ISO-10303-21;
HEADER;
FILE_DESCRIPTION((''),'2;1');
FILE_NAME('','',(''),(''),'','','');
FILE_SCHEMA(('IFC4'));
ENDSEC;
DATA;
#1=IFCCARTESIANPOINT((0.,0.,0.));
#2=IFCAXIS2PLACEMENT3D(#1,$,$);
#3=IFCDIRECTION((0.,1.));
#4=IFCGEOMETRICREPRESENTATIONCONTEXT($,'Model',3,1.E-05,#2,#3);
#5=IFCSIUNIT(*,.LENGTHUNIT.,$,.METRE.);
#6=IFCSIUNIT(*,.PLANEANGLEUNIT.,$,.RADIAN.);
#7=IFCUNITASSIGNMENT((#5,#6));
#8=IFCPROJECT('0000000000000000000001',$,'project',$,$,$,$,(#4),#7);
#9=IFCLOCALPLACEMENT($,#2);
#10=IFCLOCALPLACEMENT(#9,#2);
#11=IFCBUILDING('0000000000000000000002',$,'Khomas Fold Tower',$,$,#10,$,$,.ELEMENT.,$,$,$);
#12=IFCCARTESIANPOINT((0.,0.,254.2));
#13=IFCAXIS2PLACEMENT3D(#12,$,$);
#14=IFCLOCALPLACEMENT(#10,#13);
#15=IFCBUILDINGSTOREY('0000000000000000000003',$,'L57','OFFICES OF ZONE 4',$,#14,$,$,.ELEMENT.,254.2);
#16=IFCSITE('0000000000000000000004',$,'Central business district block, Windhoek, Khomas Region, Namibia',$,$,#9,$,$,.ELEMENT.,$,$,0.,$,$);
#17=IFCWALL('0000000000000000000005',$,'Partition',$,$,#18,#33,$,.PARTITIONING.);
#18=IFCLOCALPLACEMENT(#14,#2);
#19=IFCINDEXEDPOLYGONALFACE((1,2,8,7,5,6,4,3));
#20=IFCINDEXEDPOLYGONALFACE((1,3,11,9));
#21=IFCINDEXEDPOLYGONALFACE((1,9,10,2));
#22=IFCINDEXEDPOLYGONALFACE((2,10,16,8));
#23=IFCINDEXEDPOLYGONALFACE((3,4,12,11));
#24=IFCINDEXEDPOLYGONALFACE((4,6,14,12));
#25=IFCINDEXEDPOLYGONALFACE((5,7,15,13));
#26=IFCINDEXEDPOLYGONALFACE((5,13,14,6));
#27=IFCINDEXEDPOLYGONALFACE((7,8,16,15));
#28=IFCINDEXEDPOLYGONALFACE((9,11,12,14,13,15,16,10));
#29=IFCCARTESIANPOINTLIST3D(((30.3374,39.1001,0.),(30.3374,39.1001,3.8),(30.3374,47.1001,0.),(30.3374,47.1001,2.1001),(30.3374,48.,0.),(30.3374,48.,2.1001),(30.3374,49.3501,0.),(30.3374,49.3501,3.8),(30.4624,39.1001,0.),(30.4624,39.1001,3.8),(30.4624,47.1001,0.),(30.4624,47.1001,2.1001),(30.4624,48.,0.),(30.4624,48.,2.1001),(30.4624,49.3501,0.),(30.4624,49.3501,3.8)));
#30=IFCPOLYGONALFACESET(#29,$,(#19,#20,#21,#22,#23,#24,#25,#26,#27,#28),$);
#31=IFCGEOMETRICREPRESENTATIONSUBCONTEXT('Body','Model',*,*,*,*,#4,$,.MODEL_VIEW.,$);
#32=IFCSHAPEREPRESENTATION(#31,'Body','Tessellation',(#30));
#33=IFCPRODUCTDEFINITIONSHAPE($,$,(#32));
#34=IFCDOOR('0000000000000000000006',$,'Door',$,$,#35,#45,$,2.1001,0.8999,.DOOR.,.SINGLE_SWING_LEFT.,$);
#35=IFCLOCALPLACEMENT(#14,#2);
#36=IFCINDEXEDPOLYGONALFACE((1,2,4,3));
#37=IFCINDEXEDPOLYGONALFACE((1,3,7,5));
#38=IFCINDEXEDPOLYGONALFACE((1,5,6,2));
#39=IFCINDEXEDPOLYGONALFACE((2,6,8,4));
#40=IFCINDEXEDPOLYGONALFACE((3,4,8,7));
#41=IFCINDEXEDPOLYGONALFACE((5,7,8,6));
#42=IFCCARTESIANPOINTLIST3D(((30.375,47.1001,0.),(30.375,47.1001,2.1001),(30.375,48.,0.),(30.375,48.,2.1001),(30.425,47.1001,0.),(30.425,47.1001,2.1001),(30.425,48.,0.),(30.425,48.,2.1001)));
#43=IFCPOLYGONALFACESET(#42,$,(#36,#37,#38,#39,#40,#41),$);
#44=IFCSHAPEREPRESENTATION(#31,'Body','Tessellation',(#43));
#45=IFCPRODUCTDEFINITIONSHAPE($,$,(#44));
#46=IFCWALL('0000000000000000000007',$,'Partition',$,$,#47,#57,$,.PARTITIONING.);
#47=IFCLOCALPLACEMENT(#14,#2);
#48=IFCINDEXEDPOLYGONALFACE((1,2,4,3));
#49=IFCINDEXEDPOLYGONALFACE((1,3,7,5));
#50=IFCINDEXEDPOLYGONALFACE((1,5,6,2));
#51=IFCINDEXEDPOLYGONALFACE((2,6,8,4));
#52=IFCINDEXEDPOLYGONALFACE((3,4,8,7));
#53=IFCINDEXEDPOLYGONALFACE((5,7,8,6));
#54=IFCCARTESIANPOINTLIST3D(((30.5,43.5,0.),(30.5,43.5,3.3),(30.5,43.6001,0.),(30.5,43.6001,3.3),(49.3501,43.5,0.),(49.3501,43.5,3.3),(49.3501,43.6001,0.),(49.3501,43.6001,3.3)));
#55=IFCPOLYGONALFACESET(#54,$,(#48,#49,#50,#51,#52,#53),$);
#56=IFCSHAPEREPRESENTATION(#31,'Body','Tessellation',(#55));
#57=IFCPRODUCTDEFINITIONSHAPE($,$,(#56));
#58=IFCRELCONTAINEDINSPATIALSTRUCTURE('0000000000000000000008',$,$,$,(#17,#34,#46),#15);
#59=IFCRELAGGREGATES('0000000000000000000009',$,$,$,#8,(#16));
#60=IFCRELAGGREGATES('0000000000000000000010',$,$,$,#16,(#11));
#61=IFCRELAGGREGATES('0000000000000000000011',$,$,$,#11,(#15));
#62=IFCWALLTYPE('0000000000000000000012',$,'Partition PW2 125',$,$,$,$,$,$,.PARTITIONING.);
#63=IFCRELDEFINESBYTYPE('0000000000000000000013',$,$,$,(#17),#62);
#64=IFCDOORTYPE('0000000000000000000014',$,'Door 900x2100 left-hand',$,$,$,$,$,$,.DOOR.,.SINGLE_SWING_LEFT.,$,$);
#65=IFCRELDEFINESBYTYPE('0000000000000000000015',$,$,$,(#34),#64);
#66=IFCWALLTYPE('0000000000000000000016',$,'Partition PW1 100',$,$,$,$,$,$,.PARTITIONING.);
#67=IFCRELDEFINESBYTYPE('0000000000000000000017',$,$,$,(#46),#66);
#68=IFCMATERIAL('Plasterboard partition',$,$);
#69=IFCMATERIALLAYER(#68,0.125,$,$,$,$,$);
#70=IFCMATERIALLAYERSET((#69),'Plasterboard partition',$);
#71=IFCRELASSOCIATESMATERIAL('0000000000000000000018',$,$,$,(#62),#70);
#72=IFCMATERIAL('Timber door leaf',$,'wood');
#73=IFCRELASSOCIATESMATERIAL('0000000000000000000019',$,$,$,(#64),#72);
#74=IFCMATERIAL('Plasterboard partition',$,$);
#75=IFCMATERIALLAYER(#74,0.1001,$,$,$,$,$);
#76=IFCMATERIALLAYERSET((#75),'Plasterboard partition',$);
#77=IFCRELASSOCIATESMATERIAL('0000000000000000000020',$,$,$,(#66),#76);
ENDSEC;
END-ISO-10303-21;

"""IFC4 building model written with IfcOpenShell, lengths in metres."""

from ifc_helpers import new_model, si_unit, direction, frame, frame_2d, origin, place, context, subcontext, project, spatial, rectangle, extrude, source, transform, mapped, material, layer, layer_set, type_object, element, fill, save


model = new_model("IFC4")

# Units and contexts
model_context = context("Model", 3, precision=1e-05, world=origin(), true_north=direction((0.0, 1.0)))
body_context = subcontext(model_context, "Body", "Model", "MODEL_VIEW")
ifc_project = project(units=[si_unit("LENGTHUNIT", "METRE"), si_unit("PLANEANGLEUNIT", "RADIAN")], contexts=[model_context])

# Site, building, storey
site_placement = place(None, origin())
site = spatial("IfcSite", under=ifc_project, at=site_placement, Name="Central business district block, Windhoek, Khomas Region, Namibia", CompositionType="ELEMENT", RefElevation=0.0)
building_placement = place(site_placement, origin())
building = spatial("IfcBuilding", under=site, at=building_placement, Name="Khomas Fold Tower", CompositionType="ELEMENT")
storey_placement = place(building_placement, frame((0.0, 0.0, 254.2)))
storey = spatial("IfcBuildingStorey", under=building, at=storey_placement, Name="L57", Description="OFFICES OF ZONE 4", CompositionType="ELEMENT", Elevation=254.2)

# Wall, opening, door
ifc_material_1 = material(Name="Plasterboard partition")
ifc_layer_1 = layer(ifc_material_1, 0.125)
ifc_layer_set_1 = layer_set([ifc_layer_1], Name="Plasterboard partition")
wall_type_1 = type_object("IfcWallType", Name="Partition PW2 125", PredefinedType="PARTITIONING", material=ifc_layer_set_1)
shared_shape_1 = source(origin(), body_context, "Body", "SweptSolid", [
    extrude(rectangle(XDim=10.25, YDim=0.125, at=frame_2d((5.125, 0.0))), origin(), (0.0, 0.0, 1.0), 3.8),
])
wall_1_placement = place(storey_placement, frame((30.3999, 39.1001, 0.0), z_axis=(0.0, 0.0, 1.0), x_axis=(0.0, 1.0, 0.0)))
wall_1 = element("IfcWall", 1, at=wall_1_placement, inside=storey, type_object=wall_type_1, Name="Partition", PredefinedType="PARTITIONING", context=body_context, shape_type="MappedRepresentation", body=[
    mapped(shared_shape_1, transform((0.0, 0.0, 0.0))),
])
shared_shape_2 = source(origin(), body_context, "Body", "SweptSolid", [
    extrude(rectangle(XDim=0.8999, YDim=2.1001, at=frame_2d((0.45, 1.05))), frame((0.0, 0.0725, 0.0), z_axis=(0.0, -1.0, 0.0), x_axis=(1.0, 0.0, 0.0)), (0.0, 0.0, 1.0), 0.145),
])
opening_placement = place(wall_1_placement, frame((8.0, 0.0, 0.0)))
opening = element("IfcOpeningElement", 2, at=opening_placement, cuts=wall_1, PredefinedType="OPENING", context=body_context, shape_type="MappedRepresentation", body=[
    mapped(shared_shape_2, transform((0.0, 0.0, 0.0))),
])
ifc_material_2 = material(Name="Timber door leaf", Category="wood")
door_type = type_object("IfcDoorType", Name="Door 900x2100 left-hand", OperationType="SINGLE_SWING_LEFT", PredefinedType="DOOR", material=ifc_material_2)
shared_shape_3 = source(origin(), body_context, "Body", "SweptSolid", [
    extrude(rectangle(XDim=0.8999, YDim=2.1001, at=frame_2d((0.45, 1.05))), frame((0.0, 0.0249, 0.0), z_axis=(0.0, -1.0, 0.0), x_axis=(1.0, 0.0, 0.0)), (0.0, 0.0, 1.0), 0.05),
])
door_placement = place(opening_placement, origin())
door = element("IfcDoor", 3, at=door_placement, inside=storey, type_object=door_type, Name="Door", OperationType="SINGLE_SWING_LEFT", OverallHeight=2.1001, OverallWidth=0.8999, PredefinedType="DOOR", context=body_context, shape_type="MappedRepresentation", body=[
    mapped(shared_shape_3, transform((0.0, 0.0, 0.0))),
])
fill(opening, door)

# Wall
ifc_material_3 = material(Name="Plasterboard partition")
ifc_layer_2 = layer(ifc_material_3, 0.1001)
ifc_layer_set_2 = layer_set([ifc_layer_2], Name="Plasterboard partition")
wall_type_2 = type_object("IfcWallType", Name="Partition PW1 100", PredefinedType="PARTITIONING", material=ifc_layer_set_2)
shared_shape_4 = source(origin(), body_context, "Body", "SweptSolid", [
    extrude(rectangle(XDim=18.8501, YDim=0.1001, at=frame_2d((9.425, 0.0))), origin(), (0.0, 0.0, 1.0), 3.3),
])
wall_2_placement = place(storey_placement, frame((30.5, 43.55, 0.0), z_axis=(0.0, 0.0, 1.0), x_axis=(1.0, 0.0, 0.0)))
element("IfcWall", 4, at=wall_2_placement, inside=storey, type_object=wall_type_2, Name="Partition", PredefinedType="PARTITIONING", context=body_context, shape_type="MappedRepresentation", body=[
    mapped(shared_shape_4, transform((0.0, 0.0, 0.0))),
])

save(model, "model.ifc")
